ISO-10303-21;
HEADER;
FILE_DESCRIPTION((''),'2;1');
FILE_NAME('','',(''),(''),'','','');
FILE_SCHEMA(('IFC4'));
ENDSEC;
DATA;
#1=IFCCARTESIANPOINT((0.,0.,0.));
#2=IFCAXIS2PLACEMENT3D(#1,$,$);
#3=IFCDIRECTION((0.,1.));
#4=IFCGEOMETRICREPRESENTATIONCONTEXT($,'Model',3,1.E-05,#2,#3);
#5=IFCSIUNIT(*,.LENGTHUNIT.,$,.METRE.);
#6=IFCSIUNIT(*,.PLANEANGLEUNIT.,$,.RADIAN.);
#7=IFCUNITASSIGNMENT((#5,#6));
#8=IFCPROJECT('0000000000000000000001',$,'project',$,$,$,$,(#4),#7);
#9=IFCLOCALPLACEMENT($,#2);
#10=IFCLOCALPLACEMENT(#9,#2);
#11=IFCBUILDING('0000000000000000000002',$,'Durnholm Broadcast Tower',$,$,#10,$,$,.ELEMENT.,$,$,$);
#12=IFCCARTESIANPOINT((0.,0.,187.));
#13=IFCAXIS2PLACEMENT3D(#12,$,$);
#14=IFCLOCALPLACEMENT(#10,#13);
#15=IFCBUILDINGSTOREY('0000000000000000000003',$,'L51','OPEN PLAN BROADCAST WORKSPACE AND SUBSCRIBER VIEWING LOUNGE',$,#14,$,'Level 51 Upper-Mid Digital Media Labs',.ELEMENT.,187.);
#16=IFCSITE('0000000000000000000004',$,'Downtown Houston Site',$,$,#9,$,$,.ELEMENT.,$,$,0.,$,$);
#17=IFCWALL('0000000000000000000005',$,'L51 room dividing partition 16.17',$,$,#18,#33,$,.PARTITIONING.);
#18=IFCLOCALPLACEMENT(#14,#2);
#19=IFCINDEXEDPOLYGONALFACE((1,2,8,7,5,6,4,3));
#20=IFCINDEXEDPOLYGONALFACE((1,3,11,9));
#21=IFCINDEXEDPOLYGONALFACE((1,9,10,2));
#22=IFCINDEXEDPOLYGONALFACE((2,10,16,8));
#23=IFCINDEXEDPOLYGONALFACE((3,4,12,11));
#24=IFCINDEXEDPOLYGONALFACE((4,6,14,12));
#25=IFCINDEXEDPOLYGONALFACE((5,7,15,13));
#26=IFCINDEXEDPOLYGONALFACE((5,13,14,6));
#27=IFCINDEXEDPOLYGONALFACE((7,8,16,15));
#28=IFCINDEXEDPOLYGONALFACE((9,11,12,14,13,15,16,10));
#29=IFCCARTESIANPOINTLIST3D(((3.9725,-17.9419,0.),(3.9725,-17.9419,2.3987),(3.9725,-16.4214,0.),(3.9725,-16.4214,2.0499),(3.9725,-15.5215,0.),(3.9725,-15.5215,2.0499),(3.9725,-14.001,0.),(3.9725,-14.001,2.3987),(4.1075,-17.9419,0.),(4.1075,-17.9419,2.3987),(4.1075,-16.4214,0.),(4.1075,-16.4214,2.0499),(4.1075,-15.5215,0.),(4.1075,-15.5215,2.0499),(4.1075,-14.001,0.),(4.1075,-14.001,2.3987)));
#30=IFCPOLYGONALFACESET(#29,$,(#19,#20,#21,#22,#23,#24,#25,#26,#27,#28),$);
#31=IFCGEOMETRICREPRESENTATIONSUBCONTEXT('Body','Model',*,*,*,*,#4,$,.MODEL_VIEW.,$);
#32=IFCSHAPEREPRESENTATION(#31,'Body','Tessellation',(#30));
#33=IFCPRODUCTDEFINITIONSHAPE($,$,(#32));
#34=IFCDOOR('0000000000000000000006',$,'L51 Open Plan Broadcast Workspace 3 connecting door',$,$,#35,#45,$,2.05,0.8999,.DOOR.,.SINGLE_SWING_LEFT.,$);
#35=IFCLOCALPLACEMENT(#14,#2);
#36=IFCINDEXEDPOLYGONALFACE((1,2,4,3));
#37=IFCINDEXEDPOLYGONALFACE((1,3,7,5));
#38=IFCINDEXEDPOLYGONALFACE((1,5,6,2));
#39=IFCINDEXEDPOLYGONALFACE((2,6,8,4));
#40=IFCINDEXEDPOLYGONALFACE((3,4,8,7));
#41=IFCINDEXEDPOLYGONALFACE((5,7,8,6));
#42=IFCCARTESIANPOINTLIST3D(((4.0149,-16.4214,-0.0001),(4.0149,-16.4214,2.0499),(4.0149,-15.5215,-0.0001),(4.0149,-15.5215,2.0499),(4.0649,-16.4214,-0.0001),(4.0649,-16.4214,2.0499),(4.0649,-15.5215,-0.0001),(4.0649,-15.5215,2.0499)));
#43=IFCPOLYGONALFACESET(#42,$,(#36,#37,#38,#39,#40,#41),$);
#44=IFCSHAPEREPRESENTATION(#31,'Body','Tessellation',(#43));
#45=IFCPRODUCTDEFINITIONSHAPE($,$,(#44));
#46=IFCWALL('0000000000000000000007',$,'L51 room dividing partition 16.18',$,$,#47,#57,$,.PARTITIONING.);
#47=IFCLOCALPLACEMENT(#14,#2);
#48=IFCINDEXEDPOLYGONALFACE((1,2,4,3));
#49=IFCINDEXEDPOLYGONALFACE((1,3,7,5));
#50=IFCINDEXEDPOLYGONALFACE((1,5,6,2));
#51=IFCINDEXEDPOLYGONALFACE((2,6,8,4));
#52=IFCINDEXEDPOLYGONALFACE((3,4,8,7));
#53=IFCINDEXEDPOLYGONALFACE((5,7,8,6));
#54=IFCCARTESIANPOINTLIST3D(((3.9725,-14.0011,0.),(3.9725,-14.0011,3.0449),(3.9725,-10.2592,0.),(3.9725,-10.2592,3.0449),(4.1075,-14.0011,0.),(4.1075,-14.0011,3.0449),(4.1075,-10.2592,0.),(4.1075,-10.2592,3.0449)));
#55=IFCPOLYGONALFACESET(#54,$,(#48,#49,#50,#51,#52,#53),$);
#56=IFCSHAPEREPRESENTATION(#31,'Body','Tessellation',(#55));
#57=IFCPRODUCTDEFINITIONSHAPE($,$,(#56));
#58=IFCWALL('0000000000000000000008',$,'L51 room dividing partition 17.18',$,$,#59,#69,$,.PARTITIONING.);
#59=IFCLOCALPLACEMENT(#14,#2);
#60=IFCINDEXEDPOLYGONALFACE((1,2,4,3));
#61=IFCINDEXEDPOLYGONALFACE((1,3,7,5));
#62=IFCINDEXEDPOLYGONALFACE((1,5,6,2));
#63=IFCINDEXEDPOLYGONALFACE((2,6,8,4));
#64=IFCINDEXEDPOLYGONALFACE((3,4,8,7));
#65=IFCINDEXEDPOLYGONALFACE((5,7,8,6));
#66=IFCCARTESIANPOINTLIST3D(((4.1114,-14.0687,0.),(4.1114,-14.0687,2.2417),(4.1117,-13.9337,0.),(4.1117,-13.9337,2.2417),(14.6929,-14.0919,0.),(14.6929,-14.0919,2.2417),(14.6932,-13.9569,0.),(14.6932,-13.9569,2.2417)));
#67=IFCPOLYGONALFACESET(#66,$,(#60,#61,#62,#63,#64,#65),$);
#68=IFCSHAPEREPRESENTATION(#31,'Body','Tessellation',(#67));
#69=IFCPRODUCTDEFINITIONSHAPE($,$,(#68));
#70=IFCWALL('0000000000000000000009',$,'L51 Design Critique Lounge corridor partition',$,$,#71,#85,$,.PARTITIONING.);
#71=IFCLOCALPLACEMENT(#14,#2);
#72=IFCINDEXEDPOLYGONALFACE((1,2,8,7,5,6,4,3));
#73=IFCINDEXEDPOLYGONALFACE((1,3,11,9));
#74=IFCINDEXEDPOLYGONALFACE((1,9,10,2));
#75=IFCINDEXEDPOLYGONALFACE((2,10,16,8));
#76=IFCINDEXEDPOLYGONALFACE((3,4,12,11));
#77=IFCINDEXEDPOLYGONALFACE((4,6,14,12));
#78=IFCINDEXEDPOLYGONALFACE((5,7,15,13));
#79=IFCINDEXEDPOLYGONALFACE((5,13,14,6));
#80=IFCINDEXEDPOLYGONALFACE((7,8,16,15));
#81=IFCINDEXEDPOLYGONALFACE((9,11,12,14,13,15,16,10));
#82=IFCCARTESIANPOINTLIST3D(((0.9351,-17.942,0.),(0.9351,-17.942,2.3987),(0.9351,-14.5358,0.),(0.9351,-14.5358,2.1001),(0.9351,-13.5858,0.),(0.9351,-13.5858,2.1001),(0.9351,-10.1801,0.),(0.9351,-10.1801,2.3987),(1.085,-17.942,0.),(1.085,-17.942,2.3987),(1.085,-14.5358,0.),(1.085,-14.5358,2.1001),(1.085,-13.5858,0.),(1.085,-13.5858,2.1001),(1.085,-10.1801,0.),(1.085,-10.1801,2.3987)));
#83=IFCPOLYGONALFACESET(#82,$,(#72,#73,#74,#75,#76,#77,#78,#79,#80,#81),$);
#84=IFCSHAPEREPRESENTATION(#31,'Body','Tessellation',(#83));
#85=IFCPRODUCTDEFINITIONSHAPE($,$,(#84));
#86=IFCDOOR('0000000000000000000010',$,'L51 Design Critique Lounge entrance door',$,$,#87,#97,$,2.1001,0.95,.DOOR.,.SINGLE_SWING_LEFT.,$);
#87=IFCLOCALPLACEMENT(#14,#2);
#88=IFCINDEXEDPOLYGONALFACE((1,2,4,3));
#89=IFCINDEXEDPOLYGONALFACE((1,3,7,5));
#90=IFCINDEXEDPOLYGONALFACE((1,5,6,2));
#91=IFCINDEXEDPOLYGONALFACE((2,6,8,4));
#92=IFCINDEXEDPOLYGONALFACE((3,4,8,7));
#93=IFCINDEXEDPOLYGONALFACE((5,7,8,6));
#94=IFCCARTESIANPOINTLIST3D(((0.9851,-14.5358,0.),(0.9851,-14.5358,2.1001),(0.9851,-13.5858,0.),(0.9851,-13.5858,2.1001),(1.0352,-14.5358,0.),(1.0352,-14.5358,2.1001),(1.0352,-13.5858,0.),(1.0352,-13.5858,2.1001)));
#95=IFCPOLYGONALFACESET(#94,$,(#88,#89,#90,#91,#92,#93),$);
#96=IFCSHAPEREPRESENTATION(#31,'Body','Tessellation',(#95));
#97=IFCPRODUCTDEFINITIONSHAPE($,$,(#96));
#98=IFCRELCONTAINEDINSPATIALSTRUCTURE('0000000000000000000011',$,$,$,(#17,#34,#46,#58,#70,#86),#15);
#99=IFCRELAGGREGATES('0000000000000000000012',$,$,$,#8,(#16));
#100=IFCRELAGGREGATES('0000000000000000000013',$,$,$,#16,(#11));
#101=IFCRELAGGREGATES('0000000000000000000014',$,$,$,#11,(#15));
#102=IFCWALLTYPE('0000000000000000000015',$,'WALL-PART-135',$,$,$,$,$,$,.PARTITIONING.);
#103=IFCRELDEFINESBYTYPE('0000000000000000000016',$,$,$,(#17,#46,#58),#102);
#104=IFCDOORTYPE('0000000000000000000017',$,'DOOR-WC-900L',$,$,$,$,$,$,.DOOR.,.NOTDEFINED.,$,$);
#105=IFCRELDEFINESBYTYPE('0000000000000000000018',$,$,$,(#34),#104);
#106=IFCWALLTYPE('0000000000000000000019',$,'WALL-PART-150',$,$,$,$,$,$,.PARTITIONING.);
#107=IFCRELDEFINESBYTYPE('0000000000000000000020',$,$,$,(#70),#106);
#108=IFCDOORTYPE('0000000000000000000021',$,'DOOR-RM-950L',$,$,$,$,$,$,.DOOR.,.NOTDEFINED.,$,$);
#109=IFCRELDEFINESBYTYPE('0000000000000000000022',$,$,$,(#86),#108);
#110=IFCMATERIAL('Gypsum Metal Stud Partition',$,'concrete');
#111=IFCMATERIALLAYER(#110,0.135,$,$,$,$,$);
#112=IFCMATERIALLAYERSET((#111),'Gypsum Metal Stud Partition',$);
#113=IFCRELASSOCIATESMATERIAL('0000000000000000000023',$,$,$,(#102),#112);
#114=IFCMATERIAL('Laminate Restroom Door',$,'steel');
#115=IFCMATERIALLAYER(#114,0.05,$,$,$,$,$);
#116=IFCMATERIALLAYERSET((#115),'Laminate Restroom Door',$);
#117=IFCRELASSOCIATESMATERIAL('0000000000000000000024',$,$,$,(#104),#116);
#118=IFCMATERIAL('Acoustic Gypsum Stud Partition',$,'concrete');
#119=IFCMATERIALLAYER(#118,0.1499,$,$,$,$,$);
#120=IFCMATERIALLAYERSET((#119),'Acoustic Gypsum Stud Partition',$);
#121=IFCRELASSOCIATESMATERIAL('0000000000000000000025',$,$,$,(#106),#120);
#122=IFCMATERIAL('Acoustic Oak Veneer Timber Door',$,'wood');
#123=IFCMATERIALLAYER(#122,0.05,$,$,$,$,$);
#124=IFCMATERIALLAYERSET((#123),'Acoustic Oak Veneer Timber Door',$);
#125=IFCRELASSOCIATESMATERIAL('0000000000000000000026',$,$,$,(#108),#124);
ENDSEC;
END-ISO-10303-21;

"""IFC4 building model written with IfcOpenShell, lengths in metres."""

from ifc_helpers import new_model, si_unit, direction, frame, frame_2d, origin, place, context, subcontext, project, spatial, rectangle, extrude, source, transform, mapped, material, layer, layer_set, type_object, type_shapes, element, fill, save


model = new_model("IFC4")

# Units and contexts
model_context = context("Model", 3, precision=1e-05, world=origin(), true_north=direction((0.0, 1.0)))
body_context = subcontext(model_context, "Body", "Model", "MODEL_VIEW")
ifc_project = project(units=[si_unit("LENGTHUNIT", "METRE"), si_unit("PLANEANGLEUNIT", "RADIAN")], contexts=[model_context])

# Site, building, storey
site_placement = place(None, origin())
site = spatial("IfcSite", under=ifc_project, at=site_placement, Name="Downtown Houston Site", CompositionType="ELEMENT", RefElevation=0.0)
building_placement = place(site_placement, origin())
building = spatial("IfcBuilding", under=site, at=building_placement, Name="Durnholm Broadcast Tower", CompositionType="ELEMENT")
storey_placement = place(building_placement, frame((0.0, 0.0, 187.0)))
storey = spatial("IfcBuildingStorey", under=building, at=storey_placement, Name="L51", Description="OPEN PLAN BROADCAST WORKSPACE AND SUBSCRIBER VIEWING LOUNGE", LongName="Level 51 Upper-Mid Digital Media Labs", CompositionType="ELEMENT", Elevation=187.0)

# Wall, opening, door
ifc_material_1 = material(Name="Gypsum Metal Stud Partition", Category="concrete")
ifc_layer_1 = layer(ifc_material_1, 0.135)
ifc_layer_set_1 = layer_set([ifc_layer_1], Name="Gypsum Metal Stud Partition")
wall_type_1 = type_object("IfcWallType", Name="WALL-PART-135", PredefinedType="PARTITIONING", material=ifc_layer_set_1)
wall_1_placement = place(storey_placement, frame((4.04, -14.001, 0.0), z_axis=(0.0, 0.0, 1.0), x_axis=(0.0, -1.0, 0.0)))
wall_1 = element("IfcWall", 1, at=wall_1_placement, inside=storey, type_object=wall_type_1, Name="L51 room dividing partition 16.17", PredefinedType="PARTITIONING", context=body_context, shape_type="SweptSolid", body=[
    extrude(rectangle(XDim=3.9409, YDim=0.135, at=frame_2d((1.9705, 0.0))), origin(), (0.0, 0.0, 1.0), 2.3987),
])
opening_1_placement = place(wall_1_placement, frame((1.5205, 0.0, 0.0)))
opening_1 = element("IfcOpeningElement", 2, at=opening_1_placement, cuts=wall_1, PredefinedType="OPENING", context=body_context, shape_type="SweptSolid", body=[
    extrude(rectangle(XDim=0.8999, YDim=2.05, at=frame_2d((0.45, 1.0249))), frame((0.0, 0.0776, 0.0), z_axis=(0.0, -1.0, 0.0), x_axis=(1.0, 0.0, 0.0)), (0.0, 0.0, 1.0), 0.155),
])
ifc_material_2 = material(Name="Laminate Restroom Door", Category="steel")
ifc_layer_2 = layer(ifc_material_2, 0.05)
ifc_layer_set_2 = layer_set([ifc_layer_2], Name="Laminate Restroom Door")
door_type_1 = type_object("IfcDoorType", Name="DOOR-WC-900L", OperationType="NOTDEFINED", PredefinedType="DOOR", material=ifc_layer_set_2)
shared_shape_1 = source(origin(), body_context, "Body", "SweptSolid", [
    extrude(rectangle(XDim=0.8999, YDim=2.05, at=frame_2d((0.45, 1.0249))), frame((0.0, 0.0249, 0.0), z_axis=(0.0, -1.0, 0.0), x_axis=(1.0, 0.0, 0.0)), (0.0, 0.0, 1.0), 0.05),
])
type_shapes(door_type_1, [shared_shape_1])
door_1_placement = place(opening_1_placement, origin())
door_1 = element("IfcDoor", 3, at=door_1_placement, inside=storey, type_object=door_type_1, Name="L51 Open Plan Broadcast Workspace 3 connecting door", OperationType="SINGLE_SWING_LEFT", OverallHeight=2.05, OverallWidth=0.8999, PredefinedType="DOOR", context=body_context, shape_type="MappedRepresentation", body=[
    mapped(shared_shape_1, transform((0.0, 0.0, 0.0), x_axis=(1.0, 0.0, 0.0), y_axis=(0.0, 1.0, 0.0), z_axis=(0.0, 0.0, 1.0), scale=1.0)),
])
fill(opening_1, door_1)

# Walls
wall_2_placement = place(storey_placement, frame((4.04, -10.259, 0.0), z_axis=(0.0, 0.0, 1.0), x_axis=(0.0, -1.0, 0.0)))
element("IfcWall", 4, at=wall_2_placement, inside=storey, type_object=wall_type_1, Name="L51 room dividing partition 16.18", PredefinedType="PARTITIONING", context=body_context, shape_type="SweptSolid", body=[
    extrude(rectangle(XDim=3.7419, YDim=0.135, at=frame_2d((1.8711, 0.0))), origin(), (0.0, 0.0, 1.0), 3.0449),
])
wall_3_placement = place(storey_placement, frame((4.1116, -14.0012, 0.0), z_axis=(0.0, 0.0, 1.0), x_axis=(0.999998, -0.002192, 0.0)))
element("IfcWall", 5, at=wall_3_placement, inside=storey, type_object=wall_type_1, Name="L51 room dividing partition 17.18", PredefinedType="PARTITIONING", context=body_context, shape_type="SweptSolid", body=[
    extrude(rectangle(XDim=10.5815, YDim=0.135, at=frame_2d((5.2908, 0.0))), origin(), (0.0, 0.0, 1.0), 2.2417),
])

# Wall, opening, door
ifc_material_3 = material(Name="Acoustic Gypsum Stud Partition", Category="concrete")
ifc_layer_3 = layer(ifc_material_3, 0.1499)
ifc_layer_set_3 = layer_set([ifc_layer_3], Name="Acoustic Gypsum Stud Partition")
wall_type_2 = type_object("IfcWallType", Name="WALL-PART-150", PredefinedType="PARTITIONING", material=ifc_layer_set_3)
wall_4_placement = place(storey_placement, frame((1.01, -17.9419, 0.0), z_axis=(0.0, 0.0, 1.0), x_axis=(0.0, 1.0, 0.0)))
wall_4 = element("IfcWall", 6, at=wall_4_placement, inside=storey, type_object=wall_type_2, Name="L51 Design Critique Lounge corridor partition", PredefinedType="PARTITIONING", context=body_context, shape_type="SweptSolid", body=[
    extrude(rectangle(XDim=7.762, YDim=0.1499, at=frame_2d((3.8809, 0.0))), origin(), (0.0, 0.0, 1.0), 2.3987),
])
opening_2_placement = place(wall_4_placement, frame((3.406, 0.0, 0.0)))
opening_2 = element("IfcOpeningElement", 7, at=opening_2_placement, cuts=wall_4, PredefinedType="OPENING", context=body_context, shape_type="SweptSolid", body=[
    extrude(rectangle(XDim=0.95, YDim=2.1001, at=frame_2d((0.4751, 1.05))), frame((0.0, 0.085, 0.0), z_axis=(0.0, -1.0, 0.0), x_axis=(1.0, 0.0, 0.0)), (0.0, 0.0, 1.0), 0.1699),
])
ifc_material_4 = material(Name="Acoustic Oak Veneer Timber Door", Category="wood")
ifc_layer_4 = layer(ifc_material_4, 0.05)
ifc_layer_set_4 = layer_set([ifc_layer_4], Name="Acoustic Oak Veneer Timber Door")
door_type_2 = type_object("IfcDoorType", Name="DOOR-RM-950L", OperationType="NOTDEFINED", PredefinedType="DOOR", material=ifc_layer_set_4)
shared_shape_2 = source(origin(), body_context, "Body", "SweptSolid", [
    extrude(rectangle(XDim=0.95, YDim=2.1001, at=frame_2d((0.4751, 1.05))), frame((0.0, 0.0249, 0.0), z_axis=(0.0, -1.0, 0.0), x_axis=(1.0, 0.0, 0.0)), (0.0, 0.0, 1.0), 0.05),
])
type_shapes(door_type_2, [shared_shape_2])
door_2_placement = place(opening_2_placement, origin())
door_2 = element("IfcDoor", 8, at=door_2_placement, inside=storey, type_object=door_type_2, Name="L51 Design Critique Lounge entrance door", OperationType="SINGLE_SWING_LEFT", OverallHeight=2.1001, OverallWidth=0.95, PredefinedType="DOOR", context=body_context, shape_type="MappedRepresentation", body=[
    mapped(shared_shape_2, transform((0.0, 0.0, 0.0), x_axis=(1.0, 0.0, 0.0), y_axis=(0.0, 1.0, 0.0), z_axis=(0.0, 0.0, 1.0), scale=1.0)),
])
fill(opening_2, door_2)

save(model, "model.ifc")
